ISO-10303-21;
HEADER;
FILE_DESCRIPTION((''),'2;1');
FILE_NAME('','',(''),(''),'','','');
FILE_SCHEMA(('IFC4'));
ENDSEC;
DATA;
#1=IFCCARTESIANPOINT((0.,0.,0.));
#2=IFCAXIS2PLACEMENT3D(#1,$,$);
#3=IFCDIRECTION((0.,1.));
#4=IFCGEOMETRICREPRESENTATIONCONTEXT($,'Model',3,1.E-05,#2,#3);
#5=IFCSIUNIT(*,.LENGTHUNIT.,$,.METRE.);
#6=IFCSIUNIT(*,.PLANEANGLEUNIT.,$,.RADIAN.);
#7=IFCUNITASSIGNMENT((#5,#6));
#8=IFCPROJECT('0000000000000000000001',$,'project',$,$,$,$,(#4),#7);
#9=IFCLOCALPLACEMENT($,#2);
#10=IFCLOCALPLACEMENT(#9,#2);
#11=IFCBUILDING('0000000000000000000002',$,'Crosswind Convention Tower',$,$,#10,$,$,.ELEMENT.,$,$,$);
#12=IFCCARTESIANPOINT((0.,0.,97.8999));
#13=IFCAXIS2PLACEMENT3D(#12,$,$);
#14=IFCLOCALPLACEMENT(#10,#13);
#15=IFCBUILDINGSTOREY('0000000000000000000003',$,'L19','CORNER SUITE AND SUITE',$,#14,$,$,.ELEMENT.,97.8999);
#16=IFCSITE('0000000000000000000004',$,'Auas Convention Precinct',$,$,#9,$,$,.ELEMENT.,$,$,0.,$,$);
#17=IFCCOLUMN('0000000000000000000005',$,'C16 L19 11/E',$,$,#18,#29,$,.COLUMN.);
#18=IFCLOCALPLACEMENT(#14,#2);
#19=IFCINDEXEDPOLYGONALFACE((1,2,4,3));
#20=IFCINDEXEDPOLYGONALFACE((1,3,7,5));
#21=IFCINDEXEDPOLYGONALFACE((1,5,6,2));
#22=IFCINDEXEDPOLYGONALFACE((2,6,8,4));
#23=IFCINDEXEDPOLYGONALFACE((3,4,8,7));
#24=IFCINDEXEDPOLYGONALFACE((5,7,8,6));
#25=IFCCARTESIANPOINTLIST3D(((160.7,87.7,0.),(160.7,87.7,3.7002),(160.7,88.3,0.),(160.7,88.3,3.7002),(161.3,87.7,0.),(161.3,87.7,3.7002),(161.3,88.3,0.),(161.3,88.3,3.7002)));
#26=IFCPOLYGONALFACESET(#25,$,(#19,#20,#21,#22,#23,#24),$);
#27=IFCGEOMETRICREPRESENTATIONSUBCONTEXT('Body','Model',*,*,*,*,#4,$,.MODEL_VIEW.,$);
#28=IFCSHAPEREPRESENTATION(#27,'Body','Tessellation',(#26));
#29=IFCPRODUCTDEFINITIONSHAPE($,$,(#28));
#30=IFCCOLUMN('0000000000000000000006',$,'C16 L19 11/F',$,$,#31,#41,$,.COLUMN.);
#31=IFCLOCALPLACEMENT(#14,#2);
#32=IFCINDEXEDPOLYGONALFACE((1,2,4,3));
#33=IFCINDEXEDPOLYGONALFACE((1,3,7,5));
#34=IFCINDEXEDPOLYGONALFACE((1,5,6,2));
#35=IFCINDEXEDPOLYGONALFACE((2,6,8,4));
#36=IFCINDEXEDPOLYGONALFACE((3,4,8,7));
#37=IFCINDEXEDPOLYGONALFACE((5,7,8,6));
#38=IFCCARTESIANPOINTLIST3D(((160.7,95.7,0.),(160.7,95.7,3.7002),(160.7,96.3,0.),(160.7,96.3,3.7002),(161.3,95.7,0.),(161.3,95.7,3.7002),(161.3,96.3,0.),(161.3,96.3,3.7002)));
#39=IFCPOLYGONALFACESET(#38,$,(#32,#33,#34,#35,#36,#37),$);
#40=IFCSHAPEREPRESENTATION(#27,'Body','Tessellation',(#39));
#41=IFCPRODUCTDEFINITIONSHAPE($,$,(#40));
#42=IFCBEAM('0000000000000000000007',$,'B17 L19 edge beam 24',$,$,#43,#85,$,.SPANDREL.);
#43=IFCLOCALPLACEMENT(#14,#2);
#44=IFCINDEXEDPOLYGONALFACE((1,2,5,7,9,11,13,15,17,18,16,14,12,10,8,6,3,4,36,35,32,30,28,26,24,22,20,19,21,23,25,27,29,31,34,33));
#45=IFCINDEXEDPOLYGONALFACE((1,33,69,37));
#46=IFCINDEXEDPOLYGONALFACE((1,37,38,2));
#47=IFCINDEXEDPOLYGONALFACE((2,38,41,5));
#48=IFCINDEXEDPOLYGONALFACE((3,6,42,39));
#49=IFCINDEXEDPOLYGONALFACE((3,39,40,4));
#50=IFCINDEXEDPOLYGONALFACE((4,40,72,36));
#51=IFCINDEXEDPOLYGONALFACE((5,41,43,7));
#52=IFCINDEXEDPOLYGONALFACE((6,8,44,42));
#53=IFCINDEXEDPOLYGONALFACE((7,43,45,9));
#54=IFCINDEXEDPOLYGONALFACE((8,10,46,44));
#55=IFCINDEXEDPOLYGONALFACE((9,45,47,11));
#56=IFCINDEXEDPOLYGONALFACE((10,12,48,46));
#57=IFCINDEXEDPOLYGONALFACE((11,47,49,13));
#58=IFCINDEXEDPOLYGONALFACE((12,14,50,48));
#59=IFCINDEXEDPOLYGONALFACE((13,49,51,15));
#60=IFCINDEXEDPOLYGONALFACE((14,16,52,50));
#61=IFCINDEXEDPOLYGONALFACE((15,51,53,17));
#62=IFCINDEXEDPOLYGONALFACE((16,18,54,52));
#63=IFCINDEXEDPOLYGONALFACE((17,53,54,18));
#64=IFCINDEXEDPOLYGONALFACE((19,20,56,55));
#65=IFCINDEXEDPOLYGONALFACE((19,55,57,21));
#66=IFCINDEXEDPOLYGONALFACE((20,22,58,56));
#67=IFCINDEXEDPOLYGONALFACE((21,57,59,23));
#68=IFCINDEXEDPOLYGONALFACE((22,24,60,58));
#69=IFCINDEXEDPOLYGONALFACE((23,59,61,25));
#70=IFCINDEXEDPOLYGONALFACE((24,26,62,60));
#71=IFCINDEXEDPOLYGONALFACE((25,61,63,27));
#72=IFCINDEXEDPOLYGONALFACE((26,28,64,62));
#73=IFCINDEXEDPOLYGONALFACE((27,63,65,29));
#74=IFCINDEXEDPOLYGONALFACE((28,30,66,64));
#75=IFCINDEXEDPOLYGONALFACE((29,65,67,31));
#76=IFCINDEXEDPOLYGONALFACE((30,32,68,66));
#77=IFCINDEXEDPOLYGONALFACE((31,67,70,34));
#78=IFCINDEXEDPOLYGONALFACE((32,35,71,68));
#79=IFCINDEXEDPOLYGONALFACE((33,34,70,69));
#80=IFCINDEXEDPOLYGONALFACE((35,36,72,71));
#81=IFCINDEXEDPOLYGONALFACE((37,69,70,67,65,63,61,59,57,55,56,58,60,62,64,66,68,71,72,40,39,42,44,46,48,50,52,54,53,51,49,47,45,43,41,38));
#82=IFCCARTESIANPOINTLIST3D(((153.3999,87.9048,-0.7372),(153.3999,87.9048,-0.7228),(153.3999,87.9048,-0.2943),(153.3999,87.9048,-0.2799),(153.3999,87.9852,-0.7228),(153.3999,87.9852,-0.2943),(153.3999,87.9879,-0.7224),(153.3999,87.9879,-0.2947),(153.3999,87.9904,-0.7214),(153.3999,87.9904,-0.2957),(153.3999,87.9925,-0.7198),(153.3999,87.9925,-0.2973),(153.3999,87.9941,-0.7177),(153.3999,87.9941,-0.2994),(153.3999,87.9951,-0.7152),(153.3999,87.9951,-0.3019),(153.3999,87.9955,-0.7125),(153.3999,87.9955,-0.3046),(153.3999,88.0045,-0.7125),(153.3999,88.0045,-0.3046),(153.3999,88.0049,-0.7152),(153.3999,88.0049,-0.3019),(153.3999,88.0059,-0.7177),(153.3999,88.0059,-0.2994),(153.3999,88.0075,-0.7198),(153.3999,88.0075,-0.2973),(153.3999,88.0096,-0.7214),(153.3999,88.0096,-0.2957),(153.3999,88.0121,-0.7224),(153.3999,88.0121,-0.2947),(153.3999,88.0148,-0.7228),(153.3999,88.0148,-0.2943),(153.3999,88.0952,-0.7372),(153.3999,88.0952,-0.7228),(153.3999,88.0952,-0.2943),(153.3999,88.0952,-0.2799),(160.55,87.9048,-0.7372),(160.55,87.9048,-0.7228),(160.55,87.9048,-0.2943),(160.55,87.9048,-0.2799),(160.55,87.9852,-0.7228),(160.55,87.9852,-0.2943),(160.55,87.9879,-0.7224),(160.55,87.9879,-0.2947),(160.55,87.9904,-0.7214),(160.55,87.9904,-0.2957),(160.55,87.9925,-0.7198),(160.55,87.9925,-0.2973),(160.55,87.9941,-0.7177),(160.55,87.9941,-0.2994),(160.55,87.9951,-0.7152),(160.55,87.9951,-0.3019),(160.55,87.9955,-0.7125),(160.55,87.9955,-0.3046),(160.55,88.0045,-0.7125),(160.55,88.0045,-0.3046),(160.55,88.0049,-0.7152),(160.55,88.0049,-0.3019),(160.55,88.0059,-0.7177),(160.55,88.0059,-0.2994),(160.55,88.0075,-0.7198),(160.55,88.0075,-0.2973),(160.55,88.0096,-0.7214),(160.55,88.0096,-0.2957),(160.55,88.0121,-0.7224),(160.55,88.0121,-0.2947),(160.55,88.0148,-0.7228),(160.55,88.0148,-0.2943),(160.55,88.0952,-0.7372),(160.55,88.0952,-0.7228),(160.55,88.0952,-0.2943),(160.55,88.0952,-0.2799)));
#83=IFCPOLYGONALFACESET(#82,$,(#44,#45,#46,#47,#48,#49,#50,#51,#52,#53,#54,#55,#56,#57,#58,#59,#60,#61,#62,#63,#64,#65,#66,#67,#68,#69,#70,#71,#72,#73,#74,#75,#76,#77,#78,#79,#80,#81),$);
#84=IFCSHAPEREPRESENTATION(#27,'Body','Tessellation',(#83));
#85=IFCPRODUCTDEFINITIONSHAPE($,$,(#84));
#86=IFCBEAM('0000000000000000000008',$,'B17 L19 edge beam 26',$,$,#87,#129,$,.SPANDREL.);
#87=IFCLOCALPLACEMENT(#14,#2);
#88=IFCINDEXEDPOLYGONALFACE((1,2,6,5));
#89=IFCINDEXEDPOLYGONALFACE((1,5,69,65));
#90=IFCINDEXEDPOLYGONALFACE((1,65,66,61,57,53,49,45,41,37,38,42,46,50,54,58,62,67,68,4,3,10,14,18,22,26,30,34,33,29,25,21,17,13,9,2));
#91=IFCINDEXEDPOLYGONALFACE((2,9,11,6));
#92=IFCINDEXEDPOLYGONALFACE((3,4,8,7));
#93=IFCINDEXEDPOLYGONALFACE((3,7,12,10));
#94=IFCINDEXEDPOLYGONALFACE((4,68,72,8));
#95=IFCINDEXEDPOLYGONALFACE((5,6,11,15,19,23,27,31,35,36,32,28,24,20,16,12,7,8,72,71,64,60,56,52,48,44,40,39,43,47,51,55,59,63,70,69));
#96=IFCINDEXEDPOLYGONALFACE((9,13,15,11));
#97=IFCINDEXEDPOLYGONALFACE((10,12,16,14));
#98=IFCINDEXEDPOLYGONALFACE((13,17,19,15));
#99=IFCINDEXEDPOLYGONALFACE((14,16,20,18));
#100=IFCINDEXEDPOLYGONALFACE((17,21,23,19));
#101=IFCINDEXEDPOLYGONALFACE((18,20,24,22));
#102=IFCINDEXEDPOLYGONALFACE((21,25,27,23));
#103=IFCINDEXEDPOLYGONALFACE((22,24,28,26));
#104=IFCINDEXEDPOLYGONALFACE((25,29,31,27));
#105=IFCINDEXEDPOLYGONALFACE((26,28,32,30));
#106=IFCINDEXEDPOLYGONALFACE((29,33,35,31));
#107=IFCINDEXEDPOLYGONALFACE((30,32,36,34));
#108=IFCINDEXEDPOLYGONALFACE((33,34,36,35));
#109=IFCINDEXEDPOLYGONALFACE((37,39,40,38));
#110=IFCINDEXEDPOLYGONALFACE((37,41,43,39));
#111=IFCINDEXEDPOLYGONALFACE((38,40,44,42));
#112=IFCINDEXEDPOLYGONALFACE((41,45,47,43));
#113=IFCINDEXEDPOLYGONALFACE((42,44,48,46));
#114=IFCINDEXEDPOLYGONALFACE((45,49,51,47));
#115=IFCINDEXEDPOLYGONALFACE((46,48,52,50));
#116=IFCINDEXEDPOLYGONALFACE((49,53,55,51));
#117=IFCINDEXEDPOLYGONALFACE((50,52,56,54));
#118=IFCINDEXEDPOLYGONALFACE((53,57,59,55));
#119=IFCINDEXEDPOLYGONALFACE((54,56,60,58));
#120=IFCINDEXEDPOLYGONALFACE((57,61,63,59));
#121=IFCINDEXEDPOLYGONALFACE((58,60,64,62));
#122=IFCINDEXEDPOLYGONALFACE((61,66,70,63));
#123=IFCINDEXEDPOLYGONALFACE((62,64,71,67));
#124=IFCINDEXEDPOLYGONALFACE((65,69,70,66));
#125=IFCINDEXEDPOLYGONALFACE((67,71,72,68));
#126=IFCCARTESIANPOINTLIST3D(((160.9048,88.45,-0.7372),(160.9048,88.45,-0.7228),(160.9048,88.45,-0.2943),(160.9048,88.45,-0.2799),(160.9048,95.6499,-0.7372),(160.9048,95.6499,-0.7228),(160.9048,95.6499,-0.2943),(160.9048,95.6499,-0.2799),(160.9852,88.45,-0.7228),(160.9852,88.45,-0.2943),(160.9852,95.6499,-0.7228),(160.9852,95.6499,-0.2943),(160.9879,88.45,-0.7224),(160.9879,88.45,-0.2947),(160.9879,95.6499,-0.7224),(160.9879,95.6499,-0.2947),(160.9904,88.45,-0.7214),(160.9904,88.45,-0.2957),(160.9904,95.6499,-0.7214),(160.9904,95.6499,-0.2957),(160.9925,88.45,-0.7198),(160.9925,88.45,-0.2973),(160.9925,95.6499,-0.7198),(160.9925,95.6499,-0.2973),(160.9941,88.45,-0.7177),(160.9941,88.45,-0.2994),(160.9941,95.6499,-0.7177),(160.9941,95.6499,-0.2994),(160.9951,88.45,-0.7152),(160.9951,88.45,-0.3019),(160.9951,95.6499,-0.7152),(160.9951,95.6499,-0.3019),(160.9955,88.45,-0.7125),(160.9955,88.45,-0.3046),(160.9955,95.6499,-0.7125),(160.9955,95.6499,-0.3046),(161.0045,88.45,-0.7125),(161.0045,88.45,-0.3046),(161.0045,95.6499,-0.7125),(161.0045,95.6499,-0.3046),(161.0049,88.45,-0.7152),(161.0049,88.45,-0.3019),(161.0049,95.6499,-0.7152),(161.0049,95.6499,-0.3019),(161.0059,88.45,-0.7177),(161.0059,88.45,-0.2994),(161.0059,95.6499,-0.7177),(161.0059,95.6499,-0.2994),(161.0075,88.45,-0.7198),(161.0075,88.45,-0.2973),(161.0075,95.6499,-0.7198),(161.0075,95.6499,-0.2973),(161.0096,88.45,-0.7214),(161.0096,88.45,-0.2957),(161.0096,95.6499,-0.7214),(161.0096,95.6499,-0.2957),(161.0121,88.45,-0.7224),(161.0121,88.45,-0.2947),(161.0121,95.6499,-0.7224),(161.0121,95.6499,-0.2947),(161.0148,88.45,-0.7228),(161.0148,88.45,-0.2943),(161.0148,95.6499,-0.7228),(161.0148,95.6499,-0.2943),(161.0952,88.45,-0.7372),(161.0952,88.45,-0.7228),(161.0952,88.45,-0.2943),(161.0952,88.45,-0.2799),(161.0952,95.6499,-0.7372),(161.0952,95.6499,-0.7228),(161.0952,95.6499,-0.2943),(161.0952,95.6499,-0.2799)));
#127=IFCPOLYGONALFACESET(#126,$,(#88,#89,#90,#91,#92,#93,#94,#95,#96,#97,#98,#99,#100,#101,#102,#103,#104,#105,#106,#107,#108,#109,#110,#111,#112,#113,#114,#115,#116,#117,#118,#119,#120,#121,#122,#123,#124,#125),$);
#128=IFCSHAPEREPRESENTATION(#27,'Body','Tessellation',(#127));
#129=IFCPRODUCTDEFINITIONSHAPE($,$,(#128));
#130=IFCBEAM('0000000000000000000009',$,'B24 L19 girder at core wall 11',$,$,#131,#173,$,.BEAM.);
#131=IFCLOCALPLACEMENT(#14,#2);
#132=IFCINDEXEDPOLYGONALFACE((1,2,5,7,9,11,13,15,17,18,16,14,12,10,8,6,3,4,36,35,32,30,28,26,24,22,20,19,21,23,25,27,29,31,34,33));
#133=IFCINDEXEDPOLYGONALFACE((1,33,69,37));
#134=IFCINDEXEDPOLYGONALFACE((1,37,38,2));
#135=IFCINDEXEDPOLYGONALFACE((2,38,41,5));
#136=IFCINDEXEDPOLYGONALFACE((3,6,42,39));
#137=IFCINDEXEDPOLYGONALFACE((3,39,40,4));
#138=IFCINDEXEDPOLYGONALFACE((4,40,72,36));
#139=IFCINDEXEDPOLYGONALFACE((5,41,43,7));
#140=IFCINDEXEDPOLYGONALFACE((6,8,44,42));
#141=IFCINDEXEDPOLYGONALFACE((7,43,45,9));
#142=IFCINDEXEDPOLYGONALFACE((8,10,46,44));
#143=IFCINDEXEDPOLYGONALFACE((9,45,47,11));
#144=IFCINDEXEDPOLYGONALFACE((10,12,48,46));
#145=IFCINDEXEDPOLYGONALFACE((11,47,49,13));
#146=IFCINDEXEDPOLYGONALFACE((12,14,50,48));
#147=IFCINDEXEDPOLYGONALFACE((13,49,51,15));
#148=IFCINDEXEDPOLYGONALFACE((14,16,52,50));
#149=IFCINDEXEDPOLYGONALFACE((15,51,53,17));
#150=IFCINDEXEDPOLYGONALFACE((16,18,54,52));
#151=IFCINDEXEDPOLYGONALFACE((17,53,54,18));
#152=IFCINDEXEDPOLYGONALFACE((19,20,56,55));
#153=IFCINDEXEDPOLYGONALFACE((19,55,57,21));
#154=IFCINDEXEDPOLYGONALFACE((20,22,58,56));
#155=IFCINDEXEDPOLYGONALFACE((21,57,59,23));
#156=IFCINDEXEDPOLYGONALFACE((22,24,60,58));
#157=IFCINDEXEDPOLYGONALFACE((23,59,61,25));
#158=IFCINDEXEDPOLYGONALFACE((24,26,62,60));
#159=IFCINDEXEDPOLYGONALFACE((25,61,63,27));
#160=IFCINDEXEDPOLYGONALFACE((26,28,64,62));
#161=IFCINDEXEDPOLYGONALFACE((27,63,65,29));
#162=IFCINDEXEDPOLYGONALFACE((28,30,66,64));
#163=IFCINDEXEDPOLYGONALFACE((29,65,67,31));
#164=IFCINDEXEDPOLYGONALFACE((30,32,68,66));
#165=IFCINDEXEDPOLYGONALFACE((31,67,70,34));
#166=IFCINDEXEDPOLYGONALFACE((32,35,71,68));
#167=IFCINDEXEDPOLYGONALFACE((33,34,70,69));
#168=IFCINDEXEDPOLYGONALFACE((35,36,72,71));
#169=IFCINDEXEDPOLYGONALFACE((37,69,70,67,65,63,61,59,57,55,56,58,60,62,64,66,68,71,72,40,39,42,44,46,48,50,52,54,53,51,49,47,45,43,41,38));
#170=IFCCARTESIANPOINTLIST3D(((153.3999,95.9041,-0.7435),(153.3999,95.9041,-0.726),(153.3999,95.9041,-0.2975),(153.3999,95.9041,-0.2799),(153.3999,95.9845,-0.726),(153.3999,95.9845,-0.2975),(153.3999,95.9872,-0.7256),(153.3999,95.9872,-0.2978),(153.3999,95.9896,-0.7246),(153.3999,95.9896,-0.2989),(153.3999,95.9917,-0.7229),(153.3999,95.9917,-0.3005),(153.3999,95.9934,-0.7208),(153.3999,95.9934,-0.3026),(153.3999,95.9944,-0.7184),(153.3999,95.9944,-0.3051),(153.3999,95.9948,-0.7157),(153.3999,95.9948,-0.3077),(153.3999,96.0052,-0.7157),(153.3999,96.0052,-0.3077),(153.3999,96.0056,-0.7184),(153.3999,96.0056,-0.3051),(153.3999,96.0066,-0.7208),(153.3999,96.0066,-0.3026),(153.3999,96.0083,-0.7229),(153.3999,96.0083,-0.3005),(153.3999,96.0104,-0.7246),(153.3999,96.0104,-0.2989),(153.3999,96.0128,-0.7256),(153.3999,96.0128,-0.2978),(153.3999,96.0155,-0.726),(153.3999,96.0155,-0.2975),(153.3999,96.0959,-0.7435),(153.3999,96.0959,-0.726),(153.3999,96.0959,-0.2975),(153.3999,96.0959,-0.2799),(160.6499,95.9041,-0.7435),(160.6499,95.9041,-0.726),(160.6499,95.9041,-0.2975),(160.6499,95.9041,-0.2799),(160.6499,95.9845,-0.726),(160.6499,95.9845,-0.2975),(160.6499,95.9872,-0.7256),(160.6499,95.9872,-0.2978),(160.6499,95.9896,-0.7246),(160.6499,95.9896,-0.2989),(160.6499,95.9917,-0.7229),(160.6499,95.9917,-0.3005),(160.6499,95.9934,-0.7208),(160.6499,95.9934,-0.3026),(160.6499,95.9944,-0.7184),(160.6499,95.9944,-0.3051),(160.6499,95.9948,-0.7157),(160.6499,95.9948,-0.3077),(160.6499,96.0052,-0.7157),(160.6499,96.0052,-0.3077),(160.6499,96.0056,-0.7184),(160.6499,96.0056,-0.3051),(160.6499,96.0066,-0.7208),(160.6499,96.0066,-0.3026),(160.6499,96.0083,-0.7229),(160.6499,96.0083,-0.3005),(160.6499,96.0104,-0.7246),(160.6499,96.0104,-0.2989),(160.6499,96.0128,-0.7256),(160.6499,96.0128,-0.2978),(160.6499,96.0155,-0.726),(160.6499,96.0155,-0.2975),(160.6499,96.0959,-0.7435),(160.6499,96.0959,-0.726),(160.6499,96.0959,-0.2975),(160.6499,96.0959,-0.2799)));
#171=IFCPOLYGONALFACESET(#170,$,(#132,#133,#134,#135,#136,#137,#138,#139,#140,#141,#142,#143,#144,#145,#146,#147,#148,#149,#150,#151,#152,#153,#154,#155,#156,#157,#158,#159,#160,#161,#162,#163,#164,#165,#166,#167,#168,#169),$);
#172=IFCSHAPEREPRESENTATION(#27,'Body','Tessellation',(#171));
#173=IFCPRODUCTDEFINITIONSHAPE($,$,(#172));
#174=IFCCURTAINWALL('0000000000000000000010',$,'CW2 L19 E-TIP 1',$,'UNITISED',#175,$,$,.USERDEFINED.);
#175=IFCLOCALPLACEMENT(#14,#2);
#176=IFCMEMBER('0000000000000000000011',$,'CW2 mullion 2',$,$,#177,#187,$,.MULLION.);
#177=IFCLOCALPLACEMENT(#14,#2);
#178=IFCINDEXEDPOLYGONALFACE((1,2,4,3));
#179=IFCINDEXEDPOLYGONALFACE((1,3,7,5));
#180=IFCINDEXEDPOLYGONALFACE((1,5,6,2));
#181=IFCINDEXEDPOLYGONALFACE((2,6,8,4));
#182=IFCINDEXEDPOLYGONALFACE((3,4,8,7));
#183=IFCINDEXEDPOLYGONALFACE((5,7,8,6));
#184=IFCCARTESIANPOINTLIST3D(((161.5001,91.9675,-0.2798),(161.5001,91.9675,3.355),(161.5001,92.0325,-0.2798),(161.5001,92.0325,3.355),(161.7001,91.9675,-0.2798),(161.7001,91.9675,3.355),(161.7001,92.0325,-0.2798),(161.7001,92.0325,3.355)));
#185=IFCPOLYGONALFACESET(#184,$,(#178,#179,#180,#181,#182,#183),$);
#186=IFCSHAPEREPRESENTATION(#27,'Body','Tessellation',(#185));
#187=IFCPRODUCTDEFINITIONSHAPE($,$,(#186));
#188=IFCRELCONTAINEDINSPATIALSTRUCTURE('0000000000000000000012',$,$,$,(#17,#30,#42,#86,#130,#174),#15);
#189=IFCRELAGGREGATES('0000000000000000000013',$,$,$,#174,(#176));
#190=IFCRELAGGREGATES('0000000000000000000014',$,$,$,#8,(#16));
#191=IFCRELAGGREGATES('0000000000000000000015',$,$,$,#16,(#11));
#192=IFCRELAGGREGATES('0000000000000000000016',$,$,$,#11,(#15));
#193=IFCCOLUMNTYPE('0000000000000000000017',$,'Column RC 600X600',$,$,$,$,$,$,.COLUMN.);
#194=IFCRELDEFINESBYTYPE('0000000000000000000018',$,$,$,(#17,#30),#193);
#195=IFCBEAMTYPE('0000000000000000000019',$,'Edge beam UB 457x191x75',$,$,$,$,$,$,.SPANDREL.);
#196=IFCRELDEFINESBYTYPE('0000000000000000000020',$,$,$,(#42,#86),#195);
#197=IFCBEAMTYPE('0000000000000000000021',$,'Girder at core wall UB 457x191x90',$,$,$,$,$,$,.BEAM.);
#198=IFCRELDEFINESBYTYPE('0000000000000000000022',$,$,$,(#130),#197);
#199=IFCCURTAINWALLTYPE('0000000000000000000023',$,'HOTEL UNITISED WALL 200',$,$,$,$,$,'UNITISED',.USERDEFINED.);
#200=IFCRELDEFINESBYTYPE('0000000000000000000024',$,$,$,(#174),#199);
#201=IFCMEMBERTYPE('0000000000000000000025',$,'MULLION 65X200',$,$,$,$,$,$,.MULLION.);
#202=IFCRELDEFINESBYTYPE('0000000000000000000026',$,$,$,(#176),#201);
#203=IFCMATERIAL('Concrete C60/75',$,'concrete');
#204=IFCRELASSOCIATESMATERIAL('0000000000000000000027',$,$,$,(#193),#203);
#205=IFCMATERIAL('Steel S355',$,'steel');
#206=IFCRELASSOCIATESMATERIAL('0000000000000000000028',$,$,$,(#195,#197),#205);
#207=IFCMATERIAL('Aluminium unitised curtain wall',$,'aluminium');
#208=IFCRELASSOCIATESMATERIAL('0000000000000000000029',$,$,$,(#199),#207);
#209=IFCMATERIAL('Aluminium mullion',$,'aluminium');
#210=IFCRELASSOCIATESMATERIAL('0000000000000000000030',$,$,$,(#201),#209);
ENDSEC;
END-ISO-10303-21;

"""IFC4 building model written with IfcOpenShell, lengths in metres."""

from ifc_helpers import new_model, si_unit, direction, frame, origin, origin_2d, place, context, subcontext, project, spatial, rectangle, i_section, extrude, material, material_profile, profile_set, type_object, element, aggregate, save


model = new_model("IFC4")

# Units and contexts
model_context = context("Model", 3, precision=1e-05, world=origin(), true_north=direction((0.0, 1.0)))
body_context = subcontext(model_context, "Body", "Model", "MODEL_VIEW")
ifc_project = project(units=[si_unit("LENGTHUNIT", "METRE"), si_unit("PLANEANGLEUNIT", "RADIAN")], contexts=[model_context])

# Site, building, storey
site_placement = place(None, origin())
site = spatial("IfcSite", under=ifc_project, at=site_placement, Name="Auas Convention Precinct", CompositionType="ELEMENT", RefElevation=0.0)
building_placement = place(site_placement, origin())
building = spatial("IfcBuilding", under=site, at=building_placement, Name="Crosswind Convention Tower", CompositionType="ELEMENT")
storey_placement = place(building_placement, frame((0.0, 0.0, 97.8999)))
storey = spatial("IfcBuildingStorey", under=building, at=storey_placement, Name="L19", Description="CORNER SUITE AND SUITE", CompositionType="ELEMENT", Elevation=97.8999)

# Columns
ifc_material_1 = material(Name="Concrete C60/75", Category="concrete")
ifc_material_profile_1 = material_profile(ifc_material_1, rectangle(XDim=0.6001, YDim=0.6001, at=origin_2d()), Name="RC 600X600")
ifc_profile_set_1 = profile_set([ifc_material_profile_1], Name="Concrete C60/75")
column_type = type_object("IfcColumnType", Name="Column RC 600X600", PredefinedType="COLUMN", material=ifc_profile_set_1)
for number, where, z_axis, x_axis, name in (
    (1, (161.0, 88.0, 0.0), (0.0, 0.0, 1.0), (1.0, 0.0, 0.0), "C16 L19 11/E"),
    (2, (161.0, 96.0, 0.0), (0.0, 0.0, 1.0), (1.0, 0.0, 0.0), "C16 L19 11/F"),
):
    element("IfcColumn", number, at=place(storey_placement, frame(where, z_axis=z_axis, x_axis=x_axis)), inside=storey, type_object=column_type, Name=name, PredefinedType="COLUMN", context=body_context, shape_type="SweptSolid", body=[
        extrude(rectangle(XDim=0.6001, YDim=0.6001, at=origin_2d()), origin(), (0.0, 0.0, 1.0), 3.7002),
    ])

# Beams
ifc_material_2 = material(Name="Steel S355", Category="steel")
ifc_material_profile_2 = material_profile(ifc_material_2, i_section(OverallWidth=0.1904, OverallDepth=0.4573, WebThickness=0.009, FlangeThickness=0.0144, FilletRadius=0.0103, at=origin_2d()), Name="UB 457x191x75")
ifc_profile_set_2 = profile_set([ifc_material_profile_2], Name="Steel S355")
beam_type_1 = type_object("IfcBeamType", Name="Edge beam UB 457x191x75", PredefinedType="SPANDREL", material=ifc_profile_set_2)
beam_1_placement = place(storey_placement, frame((153.3999, 88.0, -0.5085), z_axis=(1.0, 0.0, 0.0), x_axis=(0.0, 1.0, 0.0)))
element("IfcBeam", 3, at=beam_1_placement, inside=storey, type_object=beam_type_1, Name="B17 L19 edge beam 24", PredefinedType="SPANDREL", context=body_context, shape_type="SweptSolid", body=[
    extrude(i_section(OverallWidth=0.1904, OverallDepth=0.4573, WebThickness=0.009, FlangeThickness=0.0144, FilletRadius=0.0103, at=origin_2d()), origin(), (0.0, 0.0, 1.0), 7.1501),
])
beam_2_placement = place(storey_placement, frame((161.0, 88.45, -0.5085), z_axis=(0.0, 1.0, 0.0), x_axis=(-1.0, 0.0, 0.0)))
element("IfcBeam", 4, at=beam_2_placement, inside=storey, type_object=beam_type_1, Name="B17 L19 edge beam 26", PredefinedType="SPANDREL", context=body_context, shape_type="SweptSolid", body=[
    extrude(i_section(OverallWidth=0.1904, OverallDepth=0.4573, WebThickness=0.009, FlangeThickness=0.0144, FilletRadius=0.0103, at=origin_2d()), origin(), (0.0, 0.0, 1.0), 7.2),
])
ifc_material_profile_3 = material_profile(ifc_material_2, i_section(OverallWidth=0.1919, OverallDepth=0.4636, WebThickness=0.0105, FlangeThickness=0.0176, FilletRadius=0.0103, at=origin_2d()), Name="UB 457x191x90")
ifc_profile_set_3 = profile_set([ifc_material_profile_3], Name="Steel S355")
beam_type_2 = type_object("IfcBeamType", Name="Girder at core wall UB 457x191x90", PredefinedType="BEAM", material=ifc_profile_set_3)
beam_3_placement = place(storey_placement, frame((153.3999, 96.0, -0.5117), z_axis=(1.0, 0.0, 0.0), x_axis=(0.0, 1.0, 0.0)))
element("IfcBeam", 5, at=beam_3_placement, inside=storey, type_object=beam_type_2, Name="B24 L19 girder at core wall 11", PredefinedType="BEAM", context=body_context, shape_type="SweptSolid", body=[
    extrude(i_section(OverallWidth=0.1919, OverallDepth=0.4636, WebThickness=0.0105, FlangeThickness=0.0176, FilletRadius=0.0103, at=origin_2d()), origin(), (0.0, 0.0, 1.0), 7.25),
])

# Curtain wall, member
ifc_material_3 = material(Name="Aluminium unitised curtain wall", Category="aluminium")
curtain_wall_type = type_object("IfcCurtainWallType", Name="HOTEL UNITISED WALL 200", ElementType="UNITISED", PredefinedType="USERDEFINED", material=ifc_material_3)
curtain_wall_placement = place(storey_placement, origin())
curtain_wall = element("IfcCurtainWall", 6, at=curtain_wall_placement, inside=storey, type_object=curtain_wall_type, Name="CW2 L19 E-TIP 1", ObjectType="UNITISED", PredefinedType="USERDEFINED")
ifc_material_4 = material(Name="Aluminium mullion", Category="aluminium")
ifc_material_profile_4 = material_profile(ifc_material_4, rectangle(XDim=0.2, YDim=0.0649, at=origin_2d()), Name="AL 200X65")
ifc_profile_set_4 = profile_set([ifc_material_profile_4], Name="Aluminium mullion")
member_type = type_object("IfcMemberType", Name="MULLION 65X200", PredefinedType="MULLION", material=ifc_profile_set_4)
member_1_placement = place(storey_placement, frame((161.6001, 92.0, -0.2798), z_axis=(0.0, 0.0, 1.0), x_axis=(1.0, 0.0, 0.0)))
member_1 = element("IfcMember", 7, at=member_1_placement, type_object=member_type, Name="CW2 mullion 2", PredefinedType="MULLION", context=body_context, shape_type="SweptSolid", body=[
    extrude(rectangle(XDim=0.2, YDim=0.0649, at=origin_2d()), origin(), (0.0, 0.0, 1.0), 3.6348),
])

aggregate(curtain_wall, [member_1])

save(model, "model.ifc")
